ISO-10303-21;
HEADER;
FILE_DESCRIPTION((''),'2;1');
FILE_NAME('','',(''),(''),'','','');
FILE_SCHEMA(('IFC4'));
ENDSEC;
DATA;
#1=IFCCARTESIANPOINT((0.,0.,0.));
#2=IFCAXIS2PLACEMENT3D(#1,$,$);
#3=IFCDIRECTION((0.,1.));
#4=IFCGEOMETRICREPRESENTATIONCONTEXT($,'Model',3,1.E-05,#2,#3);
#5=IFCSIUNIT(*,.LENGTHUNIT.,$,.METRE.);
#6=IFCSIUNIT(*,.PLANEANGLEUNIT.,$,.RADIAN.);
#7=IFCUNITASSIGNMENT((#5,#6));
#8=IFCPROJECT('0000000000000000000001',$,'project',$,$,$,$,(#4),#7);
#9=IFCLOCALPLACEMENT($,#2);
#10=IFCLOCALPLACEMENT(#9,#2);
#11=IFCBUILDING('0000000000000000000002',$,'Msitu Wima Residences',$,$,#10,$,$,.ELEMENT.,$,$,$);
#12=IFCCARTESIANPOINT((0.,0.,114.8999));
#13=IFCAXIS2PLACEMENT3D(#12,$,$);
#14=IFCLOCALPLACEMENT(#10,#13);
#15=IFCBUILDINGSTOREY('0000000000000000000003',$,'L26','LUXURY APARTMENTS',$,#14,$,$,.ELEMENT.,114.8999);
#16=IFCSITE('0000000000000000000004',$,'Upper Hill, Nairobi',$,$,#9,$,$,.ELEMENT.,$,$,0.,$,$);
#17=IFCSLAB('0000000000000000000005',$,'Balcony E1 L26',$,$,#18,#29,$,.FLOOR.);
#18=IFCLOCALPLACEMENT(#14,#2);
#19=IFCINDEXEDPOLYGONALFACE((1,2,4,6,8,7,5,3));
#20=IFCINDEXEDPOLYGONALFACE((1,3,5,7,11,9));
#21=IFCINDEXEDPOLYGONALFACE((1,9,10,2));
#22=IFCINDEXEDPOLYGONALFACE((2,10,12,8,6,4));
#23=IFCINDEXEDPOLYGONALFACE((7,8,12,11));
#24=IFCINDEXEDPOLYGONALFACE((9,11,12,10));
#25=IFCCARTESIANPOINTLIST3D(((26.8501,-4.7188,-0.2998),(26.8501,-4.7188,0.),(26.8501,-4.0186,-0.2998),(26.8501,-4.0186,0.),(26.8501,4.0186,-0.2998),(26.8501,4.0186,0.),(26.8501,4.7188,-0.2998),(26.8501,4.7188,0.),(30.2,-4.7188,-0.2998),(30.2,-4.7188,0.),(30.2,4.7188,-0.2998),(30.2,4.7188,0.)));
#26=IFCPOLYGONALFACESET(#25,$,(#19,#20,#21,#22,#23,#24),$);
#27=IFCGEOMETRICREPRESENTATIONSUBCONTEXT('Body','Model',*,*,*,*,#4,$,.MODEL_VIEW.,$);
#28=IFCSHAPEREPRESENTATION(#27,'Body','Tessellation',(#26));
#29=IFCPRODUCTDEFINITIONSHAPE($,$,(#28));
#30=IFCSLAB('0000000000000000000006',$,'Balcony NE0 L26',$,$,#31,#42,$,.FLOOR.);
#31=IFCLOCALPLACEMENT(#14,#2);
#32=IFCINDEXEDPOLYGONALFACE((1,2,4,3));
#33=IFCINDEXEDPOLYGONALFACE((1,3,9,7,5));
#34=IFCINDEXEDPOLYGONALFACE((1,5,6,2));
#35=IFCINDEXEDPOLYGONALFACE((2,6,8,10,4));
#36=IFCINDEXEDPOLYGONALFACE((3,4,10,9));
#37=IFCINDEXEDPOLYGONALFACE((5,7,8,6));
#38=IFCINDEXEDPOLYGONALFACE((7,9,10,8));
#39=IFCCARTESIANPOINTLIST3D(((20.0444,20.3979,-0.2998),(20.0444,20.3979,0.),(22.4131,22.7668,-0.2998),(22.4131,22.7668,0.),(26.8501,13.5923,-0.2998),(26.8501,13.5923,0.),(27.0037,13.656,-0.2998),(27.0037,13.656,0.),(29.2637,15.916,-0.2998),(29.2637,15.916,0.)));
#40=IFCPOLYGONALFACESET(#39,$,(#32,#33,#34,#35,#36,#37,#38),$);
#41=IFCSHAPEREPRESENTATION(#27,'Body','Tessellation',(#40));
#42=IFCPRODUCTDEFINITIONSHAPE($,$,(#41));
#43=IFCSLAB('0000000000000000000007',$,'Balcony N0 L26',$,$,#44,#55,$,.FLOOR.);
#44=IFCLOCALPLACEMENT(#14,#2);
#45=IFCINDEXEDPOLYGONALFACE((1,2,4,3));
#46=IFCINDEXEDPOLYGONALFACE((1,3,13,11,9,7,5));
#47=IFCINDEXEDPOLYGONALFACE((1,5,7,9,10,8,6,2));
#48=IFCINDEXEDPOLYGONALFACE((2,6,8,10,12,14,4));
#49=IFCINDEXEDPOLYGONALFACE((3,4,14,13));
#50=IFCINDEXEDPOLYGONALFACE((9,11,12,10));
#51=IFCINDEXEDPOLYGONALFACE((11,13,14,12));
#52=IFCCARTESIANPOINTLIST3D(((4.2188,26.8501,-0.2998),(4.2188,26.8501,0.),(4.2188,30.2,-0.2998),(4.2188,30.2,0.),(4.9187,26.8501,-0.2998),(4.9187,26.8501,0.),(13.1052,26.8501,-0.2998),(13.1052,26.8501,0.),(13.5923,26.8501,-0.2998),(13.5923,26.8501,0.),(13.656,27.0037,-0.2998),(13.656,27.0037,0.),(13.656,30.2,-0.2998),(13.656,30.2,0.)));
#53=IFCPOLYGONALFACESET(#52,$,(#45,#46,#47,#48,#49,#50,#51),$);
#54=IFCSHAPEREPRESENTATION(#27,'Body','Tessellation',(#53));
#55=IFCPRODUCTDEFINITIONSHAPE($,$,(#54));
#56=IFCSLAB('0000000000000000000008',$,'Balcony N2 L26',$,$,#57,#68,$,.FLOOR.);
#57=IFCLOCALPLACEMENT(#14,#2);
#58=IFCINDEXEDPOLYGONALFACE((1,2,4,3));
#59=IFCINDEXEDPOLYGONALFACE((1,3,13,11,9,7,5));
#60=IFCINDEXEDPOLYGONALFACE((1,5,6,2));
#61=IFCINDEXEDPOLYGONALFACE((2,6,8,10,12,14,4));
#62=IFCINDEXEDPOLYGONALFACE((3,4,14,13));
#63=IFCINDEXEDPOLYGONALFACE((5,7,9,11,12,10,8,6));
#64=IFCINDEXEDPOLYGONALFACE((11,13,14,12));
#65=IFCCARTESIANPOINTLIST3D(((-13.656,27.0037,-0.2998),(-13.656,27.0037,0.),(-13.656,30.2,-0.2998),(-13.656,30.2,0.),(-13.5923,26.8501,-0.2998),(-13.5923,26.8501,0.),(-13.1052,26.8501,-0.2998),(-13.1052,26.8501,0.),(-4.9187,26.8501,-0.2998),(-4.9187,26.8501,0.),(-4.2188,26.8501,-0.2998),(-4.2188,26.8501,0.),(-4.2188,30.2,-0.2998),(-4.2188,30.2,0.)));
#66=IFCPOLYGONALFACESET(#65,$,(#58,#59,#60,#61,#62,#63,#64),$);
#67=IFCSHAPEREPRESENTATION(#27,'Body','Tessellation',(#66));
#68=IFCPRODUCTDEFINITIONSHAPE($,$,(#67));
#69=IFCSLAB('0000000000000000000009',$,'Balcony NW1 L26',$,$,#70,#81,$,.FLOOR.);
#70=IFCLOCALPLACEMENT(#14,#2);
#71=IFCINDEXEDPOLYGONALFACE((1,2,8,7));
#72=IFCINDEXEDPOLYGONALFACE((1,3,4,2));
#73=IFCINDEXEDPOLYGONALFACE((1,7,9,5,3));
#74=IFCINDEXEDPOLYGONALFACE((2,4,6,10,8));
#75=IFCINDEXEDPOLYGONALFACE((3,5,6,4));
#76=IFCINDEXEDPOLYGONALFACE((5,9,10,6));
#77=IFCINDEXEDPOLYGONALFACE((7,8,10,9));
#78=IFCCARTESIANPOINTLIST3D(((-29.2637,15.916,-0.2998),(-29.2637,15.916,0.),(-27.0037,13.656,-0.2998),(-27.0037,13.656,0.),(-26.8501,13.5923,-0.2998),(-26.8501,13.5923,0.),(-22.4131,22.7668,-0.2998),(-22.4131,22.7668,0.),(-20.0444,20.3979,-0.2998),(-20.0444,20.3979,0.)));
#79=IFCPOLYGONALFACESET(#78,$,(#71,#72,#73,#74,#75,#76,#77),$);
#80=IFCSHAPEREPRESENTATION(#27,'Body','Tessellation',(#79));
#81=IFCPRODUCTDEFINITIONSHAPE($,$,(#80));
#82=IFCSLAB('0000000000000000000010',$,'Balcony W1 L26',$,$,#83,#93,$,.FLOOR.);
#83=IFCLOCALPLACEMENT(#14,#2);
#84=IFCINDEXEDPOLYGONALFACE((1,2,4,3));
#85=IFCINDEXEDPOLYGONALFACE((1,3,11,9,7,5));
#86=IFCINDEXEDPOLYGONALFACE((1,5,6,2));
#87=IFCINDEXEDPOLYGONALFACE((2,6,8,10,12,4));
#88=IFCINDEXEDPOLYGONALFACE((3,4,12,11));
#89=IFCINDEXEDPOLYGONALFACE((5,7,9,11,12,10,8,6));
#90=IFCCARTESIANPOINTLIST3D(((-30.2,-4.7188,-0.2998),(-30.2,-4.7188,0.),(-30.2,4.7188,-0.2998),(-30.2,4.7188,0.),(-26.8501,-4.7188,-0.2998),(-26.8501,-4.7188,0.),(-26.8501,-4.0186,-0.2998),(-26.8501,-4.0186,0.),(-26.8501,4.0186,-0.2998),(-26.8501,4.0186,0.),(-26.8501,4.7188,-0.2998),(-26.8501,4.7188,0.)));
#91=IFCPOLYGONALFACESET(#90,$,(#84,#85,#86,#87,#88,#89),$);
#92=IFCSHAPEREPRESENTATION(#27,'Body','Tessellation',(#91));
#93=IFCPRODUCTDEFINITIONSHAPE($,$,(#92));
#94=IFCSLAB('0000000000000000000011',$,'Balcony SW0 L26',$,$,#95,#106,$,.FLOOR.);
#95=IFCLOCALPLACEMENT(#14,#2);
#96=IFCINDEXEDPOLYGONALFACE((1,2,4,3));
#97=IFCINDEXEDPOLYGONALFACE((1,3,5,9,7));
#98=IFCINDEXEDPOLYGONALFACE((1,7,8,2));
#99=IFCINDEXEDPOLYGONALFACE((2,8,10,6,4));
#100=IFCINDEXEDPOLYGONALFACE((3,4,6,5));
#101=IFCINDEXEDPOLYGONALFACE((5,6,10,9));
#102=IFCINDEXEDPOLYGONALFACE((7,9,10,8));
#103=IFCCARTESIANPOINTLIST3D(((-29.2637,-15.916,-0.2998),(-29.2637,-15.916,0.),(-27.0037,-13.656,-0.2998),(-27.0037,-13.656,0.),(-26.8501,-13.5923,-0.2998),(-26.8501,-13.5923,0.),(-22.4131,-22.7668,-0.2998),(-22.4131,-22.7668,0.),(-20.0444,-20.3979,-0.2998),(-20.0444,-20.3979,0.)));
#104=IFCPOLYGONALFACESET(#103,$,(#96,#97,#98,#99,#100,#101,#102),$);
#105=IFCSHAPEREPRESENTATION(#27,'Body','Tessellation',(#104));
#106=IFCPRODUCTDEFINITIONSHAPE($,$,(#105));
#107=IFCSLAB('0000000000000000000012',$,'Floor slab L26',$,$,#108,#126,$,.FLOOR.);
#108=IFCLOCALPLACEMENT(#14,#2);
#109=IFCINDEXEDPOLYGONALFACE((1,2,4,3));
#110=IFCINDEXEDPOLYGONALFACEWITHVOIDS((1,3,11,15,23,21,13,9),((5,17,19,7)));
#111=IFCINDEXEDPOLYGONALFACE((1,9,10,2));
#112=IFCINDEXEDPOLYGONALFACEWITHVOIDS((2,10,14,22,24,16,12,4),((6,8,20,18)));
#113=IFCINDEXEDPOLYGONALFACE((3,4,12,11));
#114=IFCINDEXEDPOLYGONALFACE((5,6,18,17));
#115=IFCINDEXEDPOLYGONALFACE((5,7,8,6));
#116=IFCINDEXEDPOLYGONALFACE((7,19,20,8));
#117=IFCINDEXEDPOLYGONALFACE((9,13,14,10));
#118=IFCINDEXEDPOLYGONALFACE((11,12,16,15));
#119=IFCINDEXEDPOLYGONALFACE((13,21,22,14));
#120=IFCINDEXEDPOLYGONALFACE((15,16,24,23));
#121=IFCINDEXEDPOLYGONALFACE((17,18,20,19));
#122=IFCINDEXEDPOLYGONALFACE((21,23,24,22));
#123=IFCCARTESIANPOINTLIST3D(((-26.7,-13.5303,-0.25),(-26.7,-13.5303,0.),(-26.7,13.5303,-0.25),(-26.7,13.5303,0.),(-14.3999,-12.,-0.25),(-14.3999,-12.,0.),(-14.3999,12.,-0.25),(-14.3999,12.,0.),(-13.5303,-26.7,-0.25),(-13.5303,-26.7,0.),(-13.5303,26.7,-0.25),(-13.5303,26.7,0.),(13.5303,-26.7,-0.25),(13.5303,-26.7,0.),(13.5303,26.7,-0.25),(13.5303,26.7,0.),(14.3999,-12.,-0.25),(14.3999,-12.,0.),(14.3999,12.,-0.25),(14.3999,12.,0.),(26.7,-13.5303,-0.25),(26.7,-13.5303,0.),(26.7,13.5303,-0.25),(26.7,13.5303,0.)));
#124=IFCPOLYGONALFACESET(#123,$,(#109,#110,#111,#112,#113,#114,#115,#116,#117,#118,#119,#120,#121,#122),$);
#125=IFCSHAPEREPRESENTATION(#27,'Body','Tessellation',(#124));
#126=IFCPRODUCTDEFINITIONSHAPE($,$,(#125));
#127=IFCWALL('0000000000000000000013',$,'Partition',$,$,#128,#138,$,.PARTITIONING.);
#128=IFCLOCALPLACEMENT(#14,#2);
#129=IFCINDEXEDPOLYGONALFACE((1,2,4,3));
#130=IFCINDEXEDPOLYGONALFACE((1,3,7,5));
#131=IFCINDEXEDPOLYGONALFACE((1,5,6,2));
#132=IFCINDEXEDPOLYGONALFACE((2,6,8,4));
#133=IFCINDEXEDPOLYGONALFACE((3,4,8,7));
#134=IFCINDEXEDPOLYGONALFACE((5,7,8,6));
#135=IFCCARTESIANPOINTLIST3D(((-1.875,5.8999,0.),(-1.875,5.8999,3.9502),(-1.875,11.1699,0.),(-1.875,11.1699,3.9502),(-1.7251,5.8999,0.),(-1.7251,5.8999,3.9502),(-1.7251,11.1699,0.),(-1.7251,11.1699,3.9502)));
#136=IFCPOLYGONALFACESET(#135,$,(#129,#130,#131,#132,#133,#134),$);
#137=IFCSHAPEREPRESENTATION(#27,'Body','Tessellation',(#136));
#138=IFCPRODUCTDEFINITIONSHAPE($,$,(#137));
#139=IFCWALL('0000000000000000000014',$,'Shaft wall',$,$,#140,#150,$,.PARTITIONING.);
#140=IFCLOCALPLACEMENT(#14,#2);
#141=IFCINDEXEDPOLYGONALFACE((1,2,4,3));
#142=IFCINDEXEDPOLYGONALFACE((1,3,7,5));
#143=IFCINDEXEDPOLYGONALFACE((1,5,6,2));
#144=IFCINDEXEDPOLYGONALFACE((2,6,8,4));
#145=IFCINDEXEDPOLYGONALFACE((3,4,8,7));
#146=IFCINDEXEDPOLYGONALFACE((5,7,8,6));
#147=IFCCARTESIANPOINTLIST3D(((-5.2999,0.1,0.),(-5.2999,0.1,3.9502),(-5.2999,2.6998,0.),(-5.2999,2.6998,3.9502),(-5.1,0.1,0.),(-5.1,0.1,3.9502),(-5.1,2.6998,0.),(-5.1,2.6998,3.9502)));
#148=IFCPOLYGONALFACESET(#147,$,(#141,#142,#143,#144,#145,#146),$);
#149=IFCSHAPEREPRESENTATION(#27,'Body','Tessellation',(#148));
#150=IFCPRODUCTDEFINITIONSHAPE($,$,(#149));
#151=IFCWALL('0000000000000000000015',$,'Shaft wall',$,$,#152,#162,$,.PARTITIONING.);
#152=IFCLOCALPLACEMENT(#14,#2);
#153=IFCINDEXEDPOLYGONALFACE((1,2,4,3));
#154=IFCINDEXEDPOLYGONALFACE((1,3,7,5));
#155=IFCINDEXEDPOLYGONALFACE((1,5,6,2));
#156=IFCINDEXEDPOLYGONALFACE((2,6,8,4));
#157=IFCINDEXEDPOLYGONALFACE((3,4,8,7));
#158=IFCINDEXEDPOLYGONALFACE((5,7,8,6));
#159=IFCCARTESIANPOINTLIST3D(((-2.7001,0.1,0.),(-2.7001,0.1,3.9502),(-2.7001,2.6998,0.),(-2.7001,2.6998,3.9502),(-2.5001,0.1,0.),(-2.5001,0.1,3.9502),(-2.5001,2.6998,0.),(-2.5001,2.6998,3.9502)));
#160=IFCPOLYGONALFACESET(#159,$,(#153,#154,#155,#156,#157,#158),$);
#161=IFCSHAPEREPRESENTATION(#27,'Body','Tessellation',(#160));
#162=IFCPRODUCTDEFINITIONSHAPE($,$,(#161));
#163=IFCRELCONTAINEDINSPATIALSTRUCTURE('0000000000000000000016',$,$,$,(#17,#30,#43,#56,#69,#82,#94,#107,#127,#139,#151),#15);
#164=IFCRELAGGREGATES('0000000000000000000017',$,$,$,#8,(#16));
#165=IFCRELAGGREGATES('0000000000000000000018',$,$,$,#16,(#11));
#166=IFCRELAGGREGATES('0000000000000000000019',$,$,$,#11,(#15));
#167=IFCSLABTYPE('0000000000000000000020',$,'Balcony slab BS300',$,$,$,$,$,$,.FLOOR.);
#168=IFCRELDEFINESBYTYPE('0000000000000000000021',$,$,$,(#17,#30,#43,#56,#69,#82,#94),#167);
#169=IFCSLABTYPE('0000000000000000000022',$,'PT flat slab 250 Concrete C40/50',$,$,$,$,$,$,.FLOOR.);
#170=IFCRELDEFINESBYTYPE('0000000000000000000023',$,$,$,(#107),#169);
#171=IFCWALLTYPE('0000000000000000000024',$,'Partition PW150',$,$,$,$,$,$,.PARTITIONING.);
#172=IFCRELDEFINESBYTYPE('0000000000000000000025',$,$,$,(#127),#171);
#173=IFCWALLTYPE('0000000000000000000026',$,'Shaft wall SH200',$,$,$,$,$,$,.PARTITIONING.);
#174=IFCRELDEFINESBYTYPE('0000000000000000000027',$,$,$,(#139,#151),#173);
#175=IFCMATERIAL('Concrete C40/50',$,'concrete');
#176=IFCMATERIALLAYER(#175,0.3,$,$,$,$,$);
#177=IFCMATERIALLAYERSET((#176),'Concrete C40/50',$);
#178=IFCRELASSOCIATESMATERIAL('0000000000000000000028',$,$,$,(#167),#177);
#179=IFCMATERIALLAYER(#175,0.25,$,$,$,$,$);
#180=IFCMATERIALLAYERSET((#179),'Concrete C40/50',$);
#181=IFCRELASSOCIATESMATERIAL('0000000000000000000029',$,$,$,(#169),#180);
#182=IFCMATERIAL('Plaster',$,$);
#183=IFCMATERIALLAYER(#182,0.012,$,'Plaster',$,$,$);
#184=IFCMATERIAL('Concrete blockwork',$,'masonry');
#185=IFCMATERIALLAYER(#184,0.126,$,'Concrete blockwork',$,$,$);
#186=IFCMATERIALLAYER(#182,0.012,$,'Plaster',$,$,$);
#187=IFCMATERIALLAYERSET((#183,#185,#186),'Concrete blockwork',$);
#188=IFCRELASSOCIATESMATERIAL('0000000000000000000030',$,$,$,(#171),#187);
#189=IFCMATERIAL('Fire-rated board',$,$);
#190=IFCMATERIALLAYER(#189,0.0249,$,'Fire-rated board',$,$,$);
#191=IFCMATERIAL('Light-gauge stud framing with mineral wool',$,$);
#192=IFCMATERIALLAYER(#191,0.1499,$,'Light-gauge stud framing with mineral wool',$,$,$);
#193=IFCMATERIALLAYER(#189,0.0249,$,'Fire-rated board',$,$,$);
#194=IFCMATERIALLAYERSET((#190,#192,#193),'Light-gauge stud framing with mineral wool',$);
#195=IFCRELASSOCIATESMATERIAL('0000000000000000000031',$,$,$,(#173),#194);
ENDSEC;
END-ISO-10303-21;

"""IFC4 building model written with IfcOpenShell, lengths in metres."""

from ifc_helpers import new_model, si_unit, direction, frame, frame_2d, origin, place, context, subcontext, project, spatial, polyline, rectangle, outline, extrude, material, layer, layer_set, type_object, element, save


model = new_model("IFC4")

# Units and contexts
model_context = context("Model", 3, precision=1e-05, world=origin(), true_north=direction((0.0, 1.0)))
body_context = subcontext(model_context, "Body", "Model", "MODEL_VIEW")
ifc_project = project(units=[si_unit("LENGTHUNIT", "METRE"), si_unit("PLANEANGLEUNIT", "RADIAN")], contexts=[model_context])

# Site, building, storey
site_placement = place(None, origin())
site = spatial("IfcSite", under=ifc_project, at=site_placement, Name="Upper Hill, Nairobi", CompositionType="ELEMENT", RefElevation=0.0)
building_placement = place(site_placement, origin())
building = spatial("IfcBuilding", under=site, at=building_placement, Name="Msitu Wima Residences", CompositionType="ELEMENT")
storey_placement = place(building_placement, frame((0.0, 0.0, 114.8999)))
storey = spatial("IfcBuildingStorey", under=building, at=storey_placement, Name="L26", Description="LUXURY APARTMENTS", CompositionType="ELEMENT", Elevation=114.8999)

# Slabs
ifc_material_1 = material(Name="Concrete C40/50", Category="concrete")
ifc_layer_1 = layer(ifc_material_1, 0.3)
ifc_layer_set_1 = layer_set([ifc_layer_1], Name="Concrete C40/50")
slab_type_1 = type_object("IfcSlabType", Name="Balcony slab BS300", PredefinedType="FLOOR", material=ifc_layer_set_1)
slab_1_placement = place(storey_placement, frame((0.0, 0.0, -0.2998)))
element("IfcSlab", 1, at=slab_1_placement, inside=storey, type_object=slab_type_1, Name="Balcony E1 L26", PredefinedType="FLOOR", context=body_context, shape_type="SweptSolid", body=[
    extrude(outline(polyline([(26.8501, 4.0186), (26.8501, 4.0186), (26.8501, 4.7188), (30.2, 4.7188), (30.2, -4.7188), (26.8501, -4.7188), (26.8501, -4.0186), (26.8501, -4.0186), (26.8501, 4.0186)])), origin(), (0.0, 0.0, 1.0), 0.2998),
])
slab_2_placement = place(storey_placement, frame((0.0, 0.0, -0.2998)))
element("IfcSlab", 2, at=slab_2_placement, inside=storey, type_object=slab_type_1, Name="Balcony NE0 L26", PredefinedType="FLOOR", context=body_context, shape_type="SweptSolid", body=[
    extrude(outline(polyline([(22.4131, 22.7668), (29.2637, 15.916), (27.0037, 13.656), (26.8501, 13.5923), (20.0444, 20.3979), (22.4131, 22.7668)])), origin(), (0.0, 0.0, 1.0), 0.2998),
])
slab_3_placement = place(storey_placement, frame((0.0, 0.0, -0.2998)))
element("IfcSlab", 3, at=slab_3_placement, inside=storey, type_object=slab_type_1, Name="Balcony N0 L26", PredefinedType="FLOOR", context=body_context, shape_type="SweptSolid", body=[
    extrude(outline(polyline([(13.1052, 26.8501), (13.1052, 26.8501), (4.9187, 26.8501), (4.9187, 26.8501), (4.2188, 26.8501), (4.2188, 30.2), (13.656, 30.2), (13.656, 27.0037), (13.5923, 26.8501), (13.1052, 26.8501), (13.1052, 26.8501)])), origin(), (0.0, 0.0, 1.0), 0.2998),
])
slab_4_placement = place(storey_placement, frame((0.0, 0.0, -0.2998)))
element("IfcSlab", 4, at=slab_4_placement, inside=storey, type_object=slab_type_1, Name="Balcony N2 L26", PredefinedType="FLOOR", context=body_context, shape_type="SweptSolid", body=[
    extrude(outline(polyline([(-13.1052, 26.8501), (-13.1052, 26.8501), (-13.5923, 26.8501), (-13.656, 27.0037), (-13.656, 30.2), (-4.2188, 30.2), (-4.2188, 26.8501), (-4.9187, 26.8501), (-4.9187, 26.8501), (-13.1052, 26.8501), (-13.1052, 26.8501)])), origin(), (0.0, 0.0, 1.0), 0.2998),
])
slab_5_placement = place(storey_placement, frame((0.0, 0.0, -0.2998)))
element("IfcSlab", 5, at=slab_5_placement, inside=storey, type_object=slab_type_1, Name="Balcony NW1 L26", PredefinedType="FLOOR", context=body_context, shape_type="SweptSolid", body=[
    extrude(outline(polyline([(-29.2637, 15.916), (-22.4131, 22.7668), (-20.0444, 20.3979), (-26.8501, 13.5923), (-27.0037, 13.656), (-29.2637, 15.916)])), origin(), (0.0, 0.0, 1.0), 0.2998),
])
slab_6_placement = place(storey_placement, frame((0.0, 0.0, -0.2998)))
element("IfcSlab", 6, at=slab_6_placement, inside=storey, type_object=slab_type_1, Name="Balcony W1 L26", PredefinedType="FLOOR", context=body_context, shape_type="SweptSolid", body=[
    extrude(outline(polyline([(-26.8501, -4.0186), (-26.8501, -4.0186), (-26.8501, -4.7188), (-30.2, -4.7188), (-30.2, 4.7188), (-26.8501, 4.7188), (-26.8501, 4.0186), (-26.8501, 4.0186), (-26.8501, -4.0186)])), origin(), (0.0, 0.0, 1.0), 0.2998),
])
slab_7_placement = place(storey_placement, frame((0.0, 0.0, -0.2998)))
element("IfcSlab", 7, at=slab_7_placement, inside=storey, type_object=slab_type_1, Name="Balcony SW0 L26", PredefinedType="FLOOR", context=body_context, shape_type="SweptSolid", body=[
    extrude(outline(polyline([(-22.4131, -22.7668), (-29.2637, -15.916), (-27.0037, -13.656), (-26.8501, -13.5923), (-20.0444, -20.3979), (-22.4131, -22.7668)])), origin(), (0.0, 0.0, 1.0), 0.2998),
])
ifc_layer_2 = layer(ifc_material_1, 0.25)
ifc_layer_set_2 = layer_set([ifc_layer_2], Name="Concrete C40/50")
slab_type_2 = type_object("IfcSlabType", Name="PT flat slab 250 Concrete C40/50", PredefinedType="FLOOR", material=ifc_layer_set_2)
slab_8_placement = place(storey_placement, frame((0.0, 0.0, -0.25)))
element("IfcSlab", 8, at=slab_8_placement, inside=storey, type_object=slab_type_2, Name="Floor slab L26", PredefinedType="FLOOR", context=body_context, shape_type="SweptSolid", body=[
    extrude(outline(polyline([(26.7, -13.5303), (13.5303, -26.7), (-13.5303, -26.7), (-26.7, -13.5303), (-26.7, 13.5303), (-13.5303, 26.7), (13.5303, 26.7), (26.7, 13.5303), (26.7, -13.5303)]), holes=[polyline([(-14.3999, -12.0), (14.3999, -12.0), (14.3999, 12.0), (-14.3999, 12.0), (-14.3999, -12.0)])]), origin(), (0.0, 0.0, 1.0), 0.25),
])

# Walls
ifc_material_2 = material(Name="Plaster")
ifc_layer_3 = layer(ifc_material_2, 0.012, Name="Plaster")
ifc_material_3 = material(Name="Concrete blockwork", Category="masonry")
ifc_layer_4 = layer(ifc_material_3, 0.126, Name="Concrete blockwork")
ifc_layer_5 = layer(ifc_material_2, 0.012, Name="Plaster")
ifc_layer_set_3 = layer_set([ifc_layer_3, ifc_layer_4, ifc_layer_5], Name="Concrete blockwork")
wall_type_1 = type_object("IfcWallType", Name="Partition PW150", PredefinedType="PARTITIONING", material=ifc_layer_set_3)
wall_placement = place(storey_placement, frame((-1.8, 5.8999, 0.0), z_axis=(0.0, 0.0, 1.0), x_axis=(0.0, 1.0, 0.0)))
element("IfcWall", 9, at=wall_placement, inside=storey, type_object=wall_type_1, Name="Partition", PredefinedType="PARTITIONING", context=body_context, shape_type="SweptSolid", body=[
    extrude(rectangle(XDim=5.27, YDim=0.1499, at=frame_2d((2.635, 0.0))), origin(), (0.0, 0.0, 1.0), 3.9502),
])
ifc_material_4 = material(Name="Fire-rated board")
ifc_layer_6 = layer(ifc_material_4, 0.0249, Name="Fire-rated board")
ifc_material_5 = material(Name="Light-gauge stud framing with mineral wool")
ifc_layer_7 = layer(ifc_material_5, 0.1499, Name="Light-gauge stud framing with mineral wool")
ifc_layer_8 = layer(ifc_material_4, 0.0249, Name="Fire-rated board")
ifc_layer_set_4 = layer_set([ifc_layer_6, ifc_layer_7, ifc_layer_8], Name="Light-gauge stud framing with mineral wool")
wall_type_2 = type_object("IfcWallType", Name="Shaft wall SH200", PredefinedType="PARTITIONING", material=ifc_layer_set_4)
for number, where, z_axis, x_axis, name in (
    (10, (-5.2, 0.1001, 0.0), (0.0, 0.0, 1.0), (0.0, 1.0, 0.0), "Shaft wall"),
    (11, (-2.6001, 0.1001, 0.0), (0.0, 0.0, 1.0), (0.0, 1.0, 0.0), "Shaft wall"),
):
    element("IfcWall", number, at=place(storey_placement, frame(where, z_axis=z_axis, x_axis=x_axis)), inside=storey, type_object=wall_type_2, Name=name, PredefinedType="PARTITIONING", context=body_context, shape_type="SweptSolid", body=[
        extrude(rectangle(XDim=2.5999, YDim=0.2, at=frame_2d((1.2998, 0.0))), origin(), (0.0, 0.0, 1.0), 3.9502),
    ])

save(model, "model.ifc")
